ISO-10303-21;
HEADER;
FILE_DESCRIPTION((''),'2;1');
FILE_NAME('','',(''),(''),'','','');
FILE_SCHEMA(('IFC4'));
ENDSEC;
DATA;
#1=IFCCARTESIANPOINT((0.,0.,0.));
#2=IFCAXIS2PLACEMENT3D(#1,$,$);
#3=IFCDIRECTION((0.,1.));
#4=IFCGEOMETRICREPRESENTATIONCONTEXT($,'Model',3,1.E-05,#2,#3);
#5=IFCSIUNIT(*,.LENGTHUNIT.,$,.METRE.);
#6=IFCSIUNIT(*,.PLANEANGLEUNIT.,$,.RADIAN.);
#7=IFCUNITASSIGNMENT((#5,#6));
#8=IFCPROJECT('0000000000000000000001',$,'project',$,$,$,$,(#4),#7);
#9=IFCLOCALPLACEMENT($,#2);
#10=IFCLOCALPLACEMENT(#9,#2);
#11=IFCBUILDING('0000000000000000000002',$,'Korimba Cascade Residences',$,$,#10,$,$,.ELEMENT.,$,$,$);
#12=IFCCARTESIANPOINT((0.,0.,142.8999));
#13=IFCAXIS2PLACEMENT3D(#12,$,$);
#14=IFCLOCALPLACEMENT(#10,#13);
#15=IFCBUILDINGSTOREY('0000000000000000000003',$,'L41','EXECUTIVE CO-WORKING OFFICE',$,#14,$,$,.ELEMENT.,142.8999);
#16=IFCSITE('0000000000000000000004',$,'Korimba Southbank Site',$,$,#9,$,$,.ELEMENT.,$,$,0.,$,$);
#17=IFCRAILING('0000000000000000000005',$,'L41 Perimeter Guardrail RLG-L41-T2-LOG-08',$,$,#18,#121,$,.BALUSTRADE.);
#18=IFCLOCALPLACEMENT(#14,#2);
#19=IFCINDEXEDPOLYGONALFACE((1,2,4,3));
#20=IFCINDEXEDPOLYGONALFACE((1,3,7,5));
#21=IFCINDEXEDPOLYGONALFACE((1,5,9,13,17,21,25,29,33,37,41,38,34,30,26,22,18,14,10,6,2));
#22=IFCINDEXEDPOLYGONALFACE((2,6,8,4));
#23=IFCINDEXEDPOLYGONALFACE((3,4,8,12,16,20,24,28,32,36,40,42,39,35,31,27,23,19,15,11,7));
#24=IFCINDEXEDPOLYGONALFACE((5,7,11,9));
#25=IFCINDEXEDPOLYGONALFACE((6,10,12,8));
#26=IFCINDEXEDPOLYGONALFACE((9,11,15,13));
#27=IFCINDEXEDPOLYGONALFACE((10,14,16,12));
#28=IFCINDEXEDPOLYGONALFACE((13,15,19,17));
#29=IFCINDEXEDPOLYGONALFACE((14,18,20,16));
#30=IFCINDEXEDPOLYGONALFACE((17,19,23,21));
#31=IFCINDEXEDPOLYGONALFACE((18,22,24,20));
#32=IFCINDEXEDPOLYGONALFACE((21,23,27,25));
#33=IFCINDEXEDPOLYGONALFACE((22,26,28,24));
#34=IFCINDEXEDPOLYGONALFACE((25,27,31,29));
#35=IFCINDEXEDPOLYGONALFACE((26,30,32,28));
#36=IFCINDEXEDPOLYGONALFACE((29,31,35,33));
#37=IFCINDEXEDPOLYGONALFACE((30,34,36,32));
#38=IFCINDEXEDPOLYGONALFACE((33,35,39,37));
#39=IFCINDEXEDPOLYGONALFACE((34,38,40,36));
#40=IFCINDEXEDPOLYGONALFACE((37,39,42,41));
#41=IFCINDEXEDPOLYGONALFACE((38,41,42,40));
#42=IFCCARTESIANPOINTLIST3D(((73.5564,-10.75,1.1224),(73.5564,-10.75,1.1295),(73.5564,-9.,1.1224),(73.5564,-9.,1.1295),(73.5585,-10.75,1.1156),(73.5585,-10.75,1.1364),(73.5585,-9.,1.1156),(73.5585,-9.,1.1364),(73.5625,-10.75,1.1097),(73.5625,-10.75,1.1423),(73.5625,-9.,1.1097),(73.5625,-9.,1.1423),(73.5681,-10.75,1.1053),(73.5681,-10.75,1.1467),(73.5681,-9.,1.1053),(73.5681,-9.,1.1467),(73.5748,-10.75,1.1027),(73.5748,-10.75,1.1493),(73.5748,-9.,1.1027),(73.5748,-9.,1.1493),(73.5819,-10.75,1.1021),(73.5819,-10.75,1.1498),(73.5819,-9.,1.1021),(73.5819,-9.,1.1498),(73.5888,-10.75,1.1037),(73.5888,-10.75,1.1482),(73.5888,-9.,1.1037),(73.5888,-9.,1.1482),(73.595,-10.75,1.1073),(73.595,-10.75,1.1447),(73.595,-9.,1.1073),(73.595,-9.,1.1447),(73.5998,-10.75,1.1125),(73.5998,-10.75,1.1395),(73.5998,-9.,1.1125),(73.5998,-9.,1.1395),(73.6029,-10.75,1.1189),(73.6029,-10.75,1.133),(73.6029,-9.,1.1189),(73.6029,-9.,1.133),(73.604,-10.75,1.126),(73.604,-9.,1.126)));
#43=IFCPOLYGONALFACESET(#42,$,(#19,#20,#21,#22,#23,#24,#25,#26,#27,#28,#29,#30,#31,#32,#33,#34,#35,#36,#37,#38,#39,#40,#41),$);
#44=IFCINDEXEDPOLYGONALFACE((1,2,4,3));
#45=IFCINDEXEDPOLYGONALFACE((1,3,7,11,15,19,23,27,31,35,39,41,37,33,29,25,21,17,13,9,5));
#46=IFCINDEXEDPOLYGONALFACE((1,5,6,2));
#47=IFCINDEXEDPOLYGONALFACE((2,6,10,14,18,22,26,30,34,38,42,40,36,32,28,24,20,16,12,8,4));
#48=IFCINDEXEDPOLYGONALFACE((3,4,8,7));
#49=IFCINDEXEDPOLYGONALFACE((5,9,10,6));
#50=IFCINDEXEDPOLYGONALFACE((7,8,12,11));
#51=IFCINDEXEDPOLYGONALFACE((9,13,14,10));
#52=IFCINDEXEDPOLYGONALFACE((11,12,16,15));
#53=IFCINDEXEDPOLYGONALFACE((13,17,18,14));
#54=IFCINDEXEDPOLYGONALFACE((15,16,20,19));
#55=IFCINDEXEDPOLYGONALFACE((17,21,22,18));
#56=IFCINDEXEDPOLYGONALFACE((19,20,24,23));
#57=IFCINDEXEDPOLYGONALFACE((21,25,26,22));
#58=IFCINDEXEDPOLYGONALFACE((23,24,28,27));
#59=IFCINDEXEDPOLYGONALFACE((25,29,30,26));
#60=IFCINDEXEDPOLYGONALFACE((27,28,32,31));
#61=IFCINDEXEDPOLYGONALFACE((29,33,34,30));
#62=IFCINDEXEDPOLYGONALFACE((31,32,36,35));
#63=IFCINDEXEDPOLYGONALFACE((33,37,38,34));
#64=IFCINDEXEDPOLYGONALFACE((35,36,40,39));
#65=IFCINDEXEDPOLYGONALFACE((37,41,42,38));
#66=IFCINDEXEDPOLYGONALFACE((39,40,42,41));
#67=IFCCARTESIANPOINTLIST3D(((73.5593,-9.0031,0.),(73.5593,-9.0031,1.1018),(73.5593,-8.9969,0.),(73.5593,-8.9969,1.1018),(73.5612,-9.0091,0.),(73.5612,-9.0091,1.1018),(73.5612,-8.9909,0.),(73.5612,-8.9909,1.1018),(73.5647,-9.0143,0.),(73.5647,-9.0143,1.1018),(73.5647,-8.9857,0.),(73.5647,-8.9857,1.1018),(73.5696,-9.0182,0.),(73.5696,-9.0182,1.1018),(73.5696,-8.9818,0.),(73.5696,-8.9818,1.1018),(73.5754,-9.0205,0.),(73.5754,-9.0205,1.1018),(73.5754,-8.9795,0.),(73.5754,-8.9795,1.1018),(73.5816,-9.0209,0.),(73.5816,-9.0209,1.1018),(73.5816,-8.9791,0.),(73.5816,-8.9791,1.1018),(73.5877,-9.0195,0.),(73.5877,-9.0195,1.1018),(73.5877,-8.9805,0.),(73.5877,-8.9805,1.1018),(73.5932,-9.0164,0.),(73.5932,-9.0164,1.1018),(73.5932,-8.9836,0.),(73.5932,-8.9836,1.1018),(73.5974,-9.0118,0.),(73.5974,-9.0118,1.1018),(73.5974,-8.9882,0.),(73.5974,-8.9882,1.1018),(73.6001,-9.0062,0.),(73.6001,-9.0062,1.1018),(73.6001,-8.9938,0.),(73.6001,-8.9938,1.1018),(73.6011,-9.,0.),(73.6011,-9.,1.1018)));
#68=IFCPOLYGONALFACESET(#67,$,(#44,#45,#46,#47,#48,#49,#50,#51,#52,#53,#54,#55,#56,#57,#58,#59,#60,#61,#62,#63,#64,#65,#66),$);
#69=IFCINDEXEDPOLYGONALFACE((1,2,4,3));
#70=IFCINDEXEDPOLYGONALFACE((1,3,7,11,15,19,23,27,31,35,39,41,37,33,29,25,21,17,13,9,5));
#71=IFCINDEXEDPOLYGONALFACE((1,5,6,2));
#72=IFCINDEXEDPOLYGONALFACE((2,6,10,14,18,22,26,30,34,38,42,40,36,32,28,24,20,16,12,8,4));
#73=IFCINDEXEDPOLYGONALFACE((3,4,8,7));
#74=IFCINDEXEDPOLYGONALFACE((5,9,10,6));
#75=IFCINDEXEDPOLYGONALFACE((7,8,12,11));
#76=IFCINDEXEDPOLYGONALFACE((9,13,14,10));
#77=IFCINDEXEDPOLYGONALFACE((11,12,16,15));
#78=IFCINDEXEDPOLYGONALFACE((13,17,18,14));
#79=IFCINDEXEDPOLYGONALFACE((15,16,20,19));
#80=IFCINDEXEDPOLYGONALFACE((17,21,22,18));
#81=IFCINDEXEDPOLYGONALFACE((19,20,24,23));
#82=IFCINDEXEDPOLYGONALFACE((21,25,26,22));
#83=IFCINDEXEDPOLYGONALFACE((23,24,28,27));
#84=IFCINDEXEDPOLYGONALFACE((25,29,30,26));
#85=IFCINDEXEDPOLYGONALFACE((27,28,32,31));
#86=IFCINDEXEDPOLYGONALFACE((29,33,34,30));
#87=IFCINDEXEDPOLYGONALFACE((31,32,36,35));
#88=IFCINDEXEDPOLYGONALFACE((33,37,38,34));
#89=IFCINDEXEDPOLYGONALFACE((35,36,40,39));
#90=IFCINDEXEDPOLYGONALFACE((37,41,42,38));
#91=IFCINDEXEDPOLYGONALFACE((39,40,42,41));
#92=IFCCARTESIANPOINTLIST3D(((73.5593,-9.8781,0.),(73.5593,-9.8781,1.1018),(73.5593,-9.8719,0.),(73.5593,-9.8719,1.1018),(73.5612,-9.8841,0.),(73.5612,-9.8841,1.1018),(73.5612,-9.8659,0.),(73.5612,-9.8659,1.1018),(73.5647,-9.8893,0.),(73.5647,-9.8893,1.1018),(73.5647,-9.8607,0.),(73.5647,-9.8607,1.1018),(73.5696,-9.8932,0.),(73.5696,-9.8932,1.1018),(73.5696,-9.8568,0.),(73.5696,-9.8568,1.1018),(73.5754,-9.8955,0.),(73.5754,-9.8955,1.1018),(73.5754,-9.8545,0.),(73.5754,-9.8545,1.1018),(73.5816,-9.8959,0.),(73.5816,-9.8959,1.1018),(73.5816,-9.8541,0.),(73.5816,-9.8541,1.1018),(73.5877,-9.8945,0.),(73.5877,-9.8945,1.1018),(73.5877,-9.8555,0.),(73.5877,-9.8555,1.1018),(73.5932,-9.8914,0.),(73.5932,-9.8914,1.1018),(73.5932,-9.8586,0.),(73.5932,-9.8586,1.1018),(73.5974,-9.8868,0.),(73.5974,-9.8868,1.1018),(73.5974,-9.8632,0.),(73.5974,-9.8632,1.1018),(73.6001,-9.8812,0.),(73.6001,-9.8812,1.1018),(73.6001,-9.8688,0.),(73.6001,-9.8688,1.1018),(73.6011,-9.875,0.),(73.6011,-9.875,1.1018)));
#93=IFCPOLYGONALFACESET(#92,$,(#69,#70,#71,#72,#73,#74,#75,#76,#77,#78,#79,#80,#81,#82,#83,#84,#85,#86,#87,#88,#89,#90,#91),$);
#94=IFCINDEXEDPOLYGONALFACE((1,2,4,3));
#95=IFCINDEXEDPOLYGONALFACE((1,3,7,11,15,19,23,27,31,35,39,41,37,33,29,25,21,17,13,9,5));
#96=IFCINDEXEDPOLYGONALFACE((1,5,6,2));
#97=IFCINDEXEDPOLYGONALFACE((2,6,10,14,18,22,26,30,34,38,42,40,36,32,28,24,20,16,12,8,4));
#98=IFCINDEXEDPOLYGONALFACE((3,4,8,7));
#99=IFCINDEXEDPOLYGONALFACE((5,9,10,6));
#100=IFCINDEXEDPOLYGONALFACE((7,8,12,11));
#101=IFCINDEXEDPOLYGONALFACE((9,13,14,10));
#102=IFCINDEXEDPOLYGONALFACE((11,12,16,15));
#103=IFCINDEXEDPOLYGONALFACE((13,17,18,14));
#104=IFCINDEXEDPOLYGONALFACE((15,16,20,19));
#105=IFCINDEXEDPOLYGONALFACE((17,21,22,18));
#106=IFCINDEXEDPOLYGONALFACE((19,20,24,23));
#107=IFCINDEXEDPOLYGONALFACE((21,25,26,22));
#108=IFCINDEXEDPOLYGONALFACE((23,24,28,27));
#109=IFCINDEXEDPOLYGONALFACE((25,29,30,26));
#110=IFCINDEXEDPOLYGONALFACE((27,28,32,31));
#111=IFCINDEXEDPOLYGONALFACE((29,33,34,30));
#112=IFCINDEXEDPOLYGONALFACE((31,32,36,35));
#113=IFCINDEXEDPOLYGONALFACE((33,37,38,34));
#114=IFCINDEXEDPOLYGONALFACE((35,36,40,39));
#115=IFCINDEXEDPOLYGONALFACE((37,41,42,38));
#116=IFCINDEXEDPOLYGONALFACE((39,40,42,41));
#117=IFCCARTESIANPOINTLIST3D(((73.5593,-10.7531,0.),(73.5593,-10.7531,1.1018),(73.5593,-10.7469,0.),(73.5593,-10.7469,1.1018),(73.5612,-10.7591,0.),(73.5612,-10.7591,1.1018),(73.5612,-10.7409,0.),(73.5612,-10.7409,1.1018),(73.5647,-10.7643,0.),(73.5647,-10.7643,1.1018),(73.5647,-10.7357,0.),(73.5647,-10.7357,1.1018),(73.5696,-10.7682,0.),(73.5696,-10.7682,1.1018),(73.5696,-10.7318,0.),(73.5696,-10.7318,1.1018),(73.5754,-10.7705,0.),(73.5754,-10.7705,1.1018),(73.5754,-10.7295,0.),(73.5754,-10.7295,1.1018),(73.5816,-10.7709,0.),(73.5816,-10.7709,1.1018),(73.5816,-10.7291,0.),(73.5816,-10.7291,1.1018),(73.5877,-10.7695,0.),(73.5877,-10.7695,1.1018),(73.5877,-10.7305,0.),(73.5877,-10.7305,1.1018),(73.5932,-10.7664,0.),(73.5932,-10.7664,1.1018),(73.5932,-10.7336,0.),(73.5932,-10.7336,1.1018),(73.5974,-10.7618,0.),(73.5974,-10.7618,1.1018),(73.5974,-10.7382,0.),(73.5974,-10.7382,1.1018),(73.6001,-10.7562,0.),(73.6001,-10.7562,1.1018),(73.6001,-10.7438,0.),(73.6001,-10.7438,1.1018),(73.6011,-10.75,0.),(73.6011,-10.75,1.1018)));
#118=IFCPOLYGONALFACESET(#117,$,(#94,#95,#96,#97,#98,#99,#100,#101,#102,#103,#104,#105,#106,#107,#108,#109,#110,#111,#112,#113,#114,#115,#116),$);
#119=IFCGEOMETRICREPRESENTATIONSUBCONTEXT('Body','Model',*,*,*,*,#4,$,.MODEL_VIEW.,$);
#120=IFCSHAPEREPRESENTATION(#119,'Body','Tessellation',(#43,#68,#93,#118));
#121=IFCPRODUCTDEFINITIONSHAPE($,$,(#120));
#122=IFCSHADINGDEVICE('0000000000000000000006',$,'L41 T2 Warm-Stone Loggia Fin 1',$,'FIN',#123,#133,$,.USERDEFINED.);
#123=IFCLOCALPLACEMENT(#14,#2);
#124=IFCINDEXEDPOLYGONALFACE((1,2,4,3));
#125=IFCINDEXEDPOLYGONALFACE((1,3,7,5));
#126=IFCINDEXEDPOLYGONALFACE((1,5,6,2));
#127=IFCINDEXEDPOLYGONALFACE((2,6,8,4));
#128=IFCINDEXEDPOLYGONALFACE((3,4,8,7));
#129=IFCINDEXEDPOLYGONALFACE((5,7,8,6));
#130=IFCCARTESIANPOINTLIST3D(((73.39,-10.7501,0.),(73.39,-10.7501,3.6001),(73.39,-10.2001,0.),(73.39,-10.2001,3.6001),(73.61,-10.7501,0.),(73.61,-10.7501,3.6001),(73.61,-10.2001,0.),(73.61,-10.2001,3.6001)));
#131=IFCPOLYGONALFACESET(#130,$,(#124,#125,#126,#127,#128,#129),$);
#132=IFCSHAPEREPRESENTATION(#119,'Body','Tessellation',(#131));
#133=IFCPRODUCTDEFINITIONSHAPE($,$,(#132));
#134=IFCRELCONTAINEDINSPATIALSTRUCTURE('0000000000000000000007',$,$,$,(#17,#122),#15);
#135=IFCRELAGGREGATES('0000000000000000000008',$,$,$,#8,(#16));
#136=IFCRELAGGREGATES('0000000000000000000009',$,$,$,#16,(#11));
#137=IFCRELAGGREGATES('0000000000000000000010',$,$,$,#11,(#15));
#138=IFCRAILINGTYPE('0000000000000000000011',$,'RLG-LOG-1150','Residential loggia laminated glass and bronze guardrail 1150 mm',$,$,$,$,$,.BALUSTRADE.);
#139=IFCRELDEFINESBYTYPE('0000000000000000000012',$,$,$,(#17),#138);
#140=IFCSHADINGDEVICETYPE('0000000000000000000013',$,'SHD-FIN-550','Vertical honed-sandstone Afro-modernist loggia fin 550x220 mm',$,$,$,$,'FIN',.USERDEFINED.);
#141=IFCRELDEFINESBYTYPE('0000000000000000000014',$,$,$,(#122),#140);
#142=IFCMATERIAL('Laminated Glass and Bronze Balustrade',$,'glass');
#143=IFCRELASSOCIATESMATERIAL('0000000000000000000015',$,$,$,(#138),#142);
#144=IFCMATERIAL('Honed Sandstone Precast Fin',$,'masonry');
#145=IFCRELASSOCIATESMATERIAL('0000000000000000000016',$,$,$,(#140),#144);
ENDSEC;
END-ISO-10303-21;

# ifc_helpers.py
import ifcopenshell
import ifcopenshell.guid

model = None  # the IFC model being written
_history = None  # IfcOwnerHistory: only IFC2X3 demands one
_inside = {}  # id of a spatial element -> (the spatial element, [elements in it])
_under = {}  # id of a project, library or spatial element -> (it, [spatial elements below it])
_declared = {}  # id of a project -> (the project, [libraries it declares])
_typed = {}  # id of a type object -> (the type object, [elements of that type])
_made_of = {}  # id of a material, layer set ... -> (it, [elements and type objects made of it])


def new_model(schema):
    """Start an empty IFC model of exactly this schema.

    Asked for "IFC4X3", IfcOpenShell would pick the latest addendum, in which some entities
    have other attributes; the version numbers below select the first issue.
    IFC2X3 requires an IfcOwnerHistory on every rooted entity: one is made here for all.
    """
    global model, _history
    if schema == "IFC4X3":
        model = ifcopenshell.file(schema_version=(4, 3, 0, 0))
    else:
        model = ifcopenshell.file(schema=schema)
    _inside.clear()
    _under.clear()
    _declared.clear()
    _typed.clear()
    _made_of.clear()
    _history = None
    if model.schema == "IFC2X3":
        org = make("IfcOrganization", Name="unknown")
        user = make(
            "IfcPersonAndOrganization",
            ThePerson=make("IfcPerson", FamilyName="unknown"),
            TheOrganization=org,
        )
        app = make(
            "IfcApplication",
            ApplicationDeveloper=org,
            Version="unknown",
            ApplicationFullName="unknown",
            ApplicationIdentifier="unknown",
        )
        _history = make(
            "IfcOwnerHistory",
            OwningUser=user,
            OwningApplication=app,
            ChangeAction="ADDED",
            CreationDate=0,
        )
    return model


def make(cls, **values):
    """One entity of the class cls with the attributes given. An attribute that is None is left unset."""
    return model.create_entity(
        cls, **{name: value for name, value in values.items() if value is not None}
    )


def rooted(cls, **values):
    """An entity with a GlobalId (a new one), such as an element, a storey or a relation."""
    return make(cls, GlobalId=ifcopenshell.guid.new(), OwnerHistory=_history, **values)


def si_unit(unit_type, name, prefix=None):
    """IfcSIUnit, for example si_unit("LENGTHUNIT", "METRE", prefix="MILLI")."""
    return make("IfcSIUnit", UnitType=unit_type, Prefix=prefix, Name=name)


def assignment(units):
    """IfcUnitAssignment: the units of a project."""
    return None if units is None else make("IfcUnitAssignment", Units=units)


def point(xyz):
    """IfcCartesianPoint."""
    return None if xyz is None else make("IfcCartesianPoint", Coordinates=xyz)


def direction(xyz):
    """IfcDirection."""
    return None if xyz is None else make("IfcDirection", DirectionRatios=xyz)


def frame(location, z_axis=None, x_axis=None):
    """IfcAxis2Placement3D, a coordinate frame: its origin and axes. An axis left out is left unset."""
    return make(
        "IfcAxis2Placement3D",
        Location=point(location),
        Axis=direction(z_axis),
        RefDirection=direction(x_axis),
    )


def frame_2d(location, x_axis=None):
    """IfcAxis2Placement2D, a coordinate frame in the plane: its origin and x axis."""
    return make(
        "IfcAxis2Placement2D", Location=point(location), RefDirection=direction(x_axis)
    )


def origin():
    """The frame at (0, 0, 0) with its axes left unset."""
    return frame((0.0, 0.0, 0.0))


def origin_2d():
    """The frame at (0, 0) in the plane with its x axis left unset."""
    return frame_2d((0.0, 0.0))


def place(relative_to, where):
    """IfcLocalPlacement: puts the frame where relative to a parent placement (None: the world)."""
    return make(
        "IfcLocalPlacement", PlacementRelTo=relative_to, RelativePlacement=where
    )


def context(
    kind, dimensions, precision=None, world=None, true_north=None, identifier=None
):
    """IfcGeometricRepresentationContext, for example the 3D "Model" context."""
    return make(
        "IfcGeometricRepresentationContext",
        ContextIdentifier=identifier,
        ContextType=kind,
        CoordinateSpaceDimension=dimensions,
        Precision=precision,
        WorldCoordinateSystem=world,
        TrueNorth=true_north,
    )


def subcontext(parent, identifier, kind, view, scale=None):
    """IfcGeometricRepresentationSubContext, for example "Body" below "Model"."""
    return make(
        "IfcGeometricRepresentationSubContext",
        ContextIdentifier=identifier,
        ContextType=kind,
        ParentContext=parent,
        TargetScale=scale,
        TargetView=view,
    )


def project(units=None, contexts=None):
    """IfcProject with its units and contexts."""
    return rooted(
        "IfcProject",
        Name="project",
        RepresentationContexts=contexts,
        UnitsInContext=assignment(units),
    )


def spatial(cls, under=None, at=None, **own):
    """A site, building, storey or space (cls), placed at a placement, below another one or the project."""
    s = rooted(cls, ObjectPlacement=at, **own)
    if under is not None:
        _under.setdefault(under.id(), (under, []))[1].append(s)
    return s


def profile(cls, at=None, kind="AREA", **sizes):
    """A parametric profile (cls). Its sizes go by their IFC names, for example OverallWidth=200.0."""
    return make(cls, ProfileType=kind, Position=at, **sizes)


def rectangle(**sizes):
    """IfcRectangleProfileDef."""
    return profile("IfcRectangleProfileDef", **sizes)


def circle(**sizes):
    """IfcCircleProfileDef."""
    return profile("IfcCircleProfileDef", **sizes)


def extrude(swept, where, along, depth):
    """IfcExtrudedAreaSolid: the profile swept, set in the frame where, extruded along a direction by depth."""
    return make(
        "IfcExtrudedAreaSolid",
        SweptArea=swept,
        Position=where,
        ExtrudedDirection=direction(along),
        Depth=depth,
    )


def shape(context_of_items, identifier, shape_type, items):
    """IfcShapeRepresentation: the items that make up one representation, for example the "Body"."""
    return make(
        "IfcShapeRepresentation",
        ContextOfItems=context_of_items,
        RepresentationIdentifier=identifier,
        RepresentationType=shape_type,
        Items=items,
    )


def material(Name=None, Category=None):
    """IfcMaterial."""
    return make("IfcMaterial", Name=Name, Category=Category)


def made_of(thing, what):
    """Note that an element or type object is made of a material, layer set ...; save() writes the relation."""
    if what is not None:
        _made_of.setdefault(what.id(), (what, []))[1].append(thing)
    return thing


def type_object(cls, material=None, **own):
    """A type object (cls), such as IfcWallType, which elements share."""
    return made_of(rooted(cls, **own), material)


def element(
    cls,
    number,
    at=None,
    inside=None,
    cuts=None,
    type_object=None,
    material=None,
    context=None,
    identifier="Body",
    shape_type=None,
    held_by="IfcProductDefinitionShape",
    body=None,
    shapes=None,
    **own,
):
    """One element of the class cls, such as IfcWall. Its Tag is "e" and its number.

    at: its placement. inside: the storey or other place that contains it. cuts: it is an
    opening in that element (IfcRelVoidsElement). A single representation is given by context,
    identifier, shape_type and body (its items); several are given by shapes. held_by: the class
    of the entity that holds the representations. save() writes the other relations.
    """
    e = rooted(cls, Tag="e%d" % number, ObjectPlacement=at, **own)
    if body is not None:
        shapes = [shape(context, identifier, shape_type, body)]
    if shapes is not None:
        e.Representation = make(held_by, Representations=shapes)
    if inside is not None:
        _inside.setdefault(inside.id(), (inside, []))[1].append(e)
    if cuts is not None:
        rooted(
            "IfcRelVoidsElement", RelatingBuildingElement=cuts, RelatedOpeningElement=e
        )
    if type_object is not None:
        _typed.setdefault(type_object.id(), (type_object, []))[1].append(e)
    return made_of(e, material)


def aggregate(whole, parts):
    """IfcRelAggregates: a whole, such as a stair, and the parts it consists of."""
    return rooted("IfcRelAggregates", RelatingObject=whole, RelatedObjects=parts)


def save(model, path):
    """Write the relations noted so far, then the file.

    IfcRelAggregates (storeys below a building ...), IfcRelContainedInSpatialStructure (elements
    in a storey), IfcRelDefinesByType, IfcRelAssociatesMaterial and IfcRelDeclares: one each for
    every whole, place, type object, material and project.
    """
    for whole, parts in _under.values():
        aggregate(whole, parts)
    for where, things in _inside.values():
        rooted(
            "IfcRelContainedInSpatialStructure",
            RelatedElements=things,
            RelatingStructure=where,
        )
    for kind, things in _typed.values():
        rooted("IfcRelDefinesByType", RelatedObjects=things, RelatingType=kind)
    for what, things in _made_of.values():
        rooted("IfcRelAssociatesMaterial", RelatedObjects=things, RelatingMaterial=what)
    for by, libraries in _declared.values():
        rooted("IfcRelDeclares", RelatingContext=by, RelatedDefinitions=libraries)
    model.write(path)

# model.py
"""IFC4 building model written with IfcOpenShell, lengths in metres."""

from ifc_helpers import new_model, si_unit, direction, frame, origin, origin_2d, place, context, subcontext, project, spatial, rectangle, circle, extrude, material, type_object, element, save


model = new_model("IFC4")

# Units and contexts
model_context = context("Model", 3, precision=1e-05, world=origin(), true_north=direction((0.0, 1.0)))
body_context = subcontext(model_context, "Body", "Model", "MODEL_VIEW")
ifc_project = project(units=[si_unit("LENGTHUNIT", "METRE"), si_unit("PLANEANGLEUNIT", "RADIAN")], contexts=[model_context])

# Site, building, storey
site_placement = place(None, origin())
site = spatial("IfcSite", under=ifc_project, at=site_placement, Name="Korimba Southbank Site", CompositionType="ELEMENT", RefElevation=0.0)
building_placement = place(site_placement, origin())
building = spatial("IfcBuilding", under=site, at=building_placement, Name="Korimba Cascade Residences", CompositionType="ELEMENT")
storey_placement = place(building_placement, frame((0.0, 0.0, 142.8999)))
storey = spatial("IfcBuildingStorey", under=building, at=storey_placement, Name="L41", Description="EXECUTIVE CO-WORKING OFFICE", CompositionType="ELEMENT", Elevation=142.8999)

# Railing
ifc_material_1 = material(Name="Laminated Glass and Bronze Balustrade", Category="glass")
railing_type = type_object("IfcRailingType", Name="RLG-LOG-1150", Description="Residential loggia laminated glass and bronze guardrail 1150 mm", PredefinedType="BALUSTRADE", material=ifc_material_1)
railing_1_placement = place(storey_placement, frame((73.5801, -9.0, 0.0)))
element("IfcRailing", 1, at=railing_1_placement, inside=storey, type_object=railing_type, Name="L41 Perimeter Guardrail RLG-L41-T2-LOG-08", PredefinedType="BALUSTRADE", context=body_context, shape_type="SweptSolid", body=[
    extrude(circle(Radius=0.0239, at=origin_2d()), frame((0.0, 0.0, 1.126), z_axis=(0.0, -1.0, 0.0), x_axis=(1.0, 0.0, 0.0)), (0.0, 0.0, 1.0), 1.75),
    extrude(circle(Radius=0.021, at=origin_2d()), origin(), (0.0, 0.0, 1.0), 1.1018),
    extrude(circle(Radius=0.021, at=origin_2d()), frame((0.0, -0.875, 0.0)), (0.0, 0.0, 1.0), 1.1018),
    extrude(circle(Radius=0.021, at=origin_2d()), frame((0.0, -1.75, 0.0)), (0.0, 0.0, 1.0), 1.1018),
])

# Shading device
ifc_material_2 = material(Name="Honed Sandstone Precast Fin", Category="masonry")
shading_device_type = type_object("IfcShadingDeviceType", Name="SHD-FIN-550", Description="Vertical honed-sandstone Afro-modernist loggia fin 550x220 mm", ElementType="FIN", PredefinedType="USERDEFINED", material=ifc_material_2)
shading_device_placement = place(storey_placement, frame((73.5, -10.4751, 0.0), z_axis=(0.0, 0.0, 1.0), x_axis=(1.0, 0.0, 0.0)))
element("IfcShadingDevice", 2, at=shading_device_placement, inside=storey, type_object=shading_device_type, Name="L41 T2 Warm-Stone Loggia Fin 1", ObjectType="FIN", PredefinedType="USERDEFINED", context=body_context, shape_type="SweptSolid", body=[
    extrude(rectangle(XDim=0.22, YDim=0.55, at=origin_2d()), origin(), (0.0, 0.0, 1.0), 3.6001),
])

save(model, "model.ifc")
